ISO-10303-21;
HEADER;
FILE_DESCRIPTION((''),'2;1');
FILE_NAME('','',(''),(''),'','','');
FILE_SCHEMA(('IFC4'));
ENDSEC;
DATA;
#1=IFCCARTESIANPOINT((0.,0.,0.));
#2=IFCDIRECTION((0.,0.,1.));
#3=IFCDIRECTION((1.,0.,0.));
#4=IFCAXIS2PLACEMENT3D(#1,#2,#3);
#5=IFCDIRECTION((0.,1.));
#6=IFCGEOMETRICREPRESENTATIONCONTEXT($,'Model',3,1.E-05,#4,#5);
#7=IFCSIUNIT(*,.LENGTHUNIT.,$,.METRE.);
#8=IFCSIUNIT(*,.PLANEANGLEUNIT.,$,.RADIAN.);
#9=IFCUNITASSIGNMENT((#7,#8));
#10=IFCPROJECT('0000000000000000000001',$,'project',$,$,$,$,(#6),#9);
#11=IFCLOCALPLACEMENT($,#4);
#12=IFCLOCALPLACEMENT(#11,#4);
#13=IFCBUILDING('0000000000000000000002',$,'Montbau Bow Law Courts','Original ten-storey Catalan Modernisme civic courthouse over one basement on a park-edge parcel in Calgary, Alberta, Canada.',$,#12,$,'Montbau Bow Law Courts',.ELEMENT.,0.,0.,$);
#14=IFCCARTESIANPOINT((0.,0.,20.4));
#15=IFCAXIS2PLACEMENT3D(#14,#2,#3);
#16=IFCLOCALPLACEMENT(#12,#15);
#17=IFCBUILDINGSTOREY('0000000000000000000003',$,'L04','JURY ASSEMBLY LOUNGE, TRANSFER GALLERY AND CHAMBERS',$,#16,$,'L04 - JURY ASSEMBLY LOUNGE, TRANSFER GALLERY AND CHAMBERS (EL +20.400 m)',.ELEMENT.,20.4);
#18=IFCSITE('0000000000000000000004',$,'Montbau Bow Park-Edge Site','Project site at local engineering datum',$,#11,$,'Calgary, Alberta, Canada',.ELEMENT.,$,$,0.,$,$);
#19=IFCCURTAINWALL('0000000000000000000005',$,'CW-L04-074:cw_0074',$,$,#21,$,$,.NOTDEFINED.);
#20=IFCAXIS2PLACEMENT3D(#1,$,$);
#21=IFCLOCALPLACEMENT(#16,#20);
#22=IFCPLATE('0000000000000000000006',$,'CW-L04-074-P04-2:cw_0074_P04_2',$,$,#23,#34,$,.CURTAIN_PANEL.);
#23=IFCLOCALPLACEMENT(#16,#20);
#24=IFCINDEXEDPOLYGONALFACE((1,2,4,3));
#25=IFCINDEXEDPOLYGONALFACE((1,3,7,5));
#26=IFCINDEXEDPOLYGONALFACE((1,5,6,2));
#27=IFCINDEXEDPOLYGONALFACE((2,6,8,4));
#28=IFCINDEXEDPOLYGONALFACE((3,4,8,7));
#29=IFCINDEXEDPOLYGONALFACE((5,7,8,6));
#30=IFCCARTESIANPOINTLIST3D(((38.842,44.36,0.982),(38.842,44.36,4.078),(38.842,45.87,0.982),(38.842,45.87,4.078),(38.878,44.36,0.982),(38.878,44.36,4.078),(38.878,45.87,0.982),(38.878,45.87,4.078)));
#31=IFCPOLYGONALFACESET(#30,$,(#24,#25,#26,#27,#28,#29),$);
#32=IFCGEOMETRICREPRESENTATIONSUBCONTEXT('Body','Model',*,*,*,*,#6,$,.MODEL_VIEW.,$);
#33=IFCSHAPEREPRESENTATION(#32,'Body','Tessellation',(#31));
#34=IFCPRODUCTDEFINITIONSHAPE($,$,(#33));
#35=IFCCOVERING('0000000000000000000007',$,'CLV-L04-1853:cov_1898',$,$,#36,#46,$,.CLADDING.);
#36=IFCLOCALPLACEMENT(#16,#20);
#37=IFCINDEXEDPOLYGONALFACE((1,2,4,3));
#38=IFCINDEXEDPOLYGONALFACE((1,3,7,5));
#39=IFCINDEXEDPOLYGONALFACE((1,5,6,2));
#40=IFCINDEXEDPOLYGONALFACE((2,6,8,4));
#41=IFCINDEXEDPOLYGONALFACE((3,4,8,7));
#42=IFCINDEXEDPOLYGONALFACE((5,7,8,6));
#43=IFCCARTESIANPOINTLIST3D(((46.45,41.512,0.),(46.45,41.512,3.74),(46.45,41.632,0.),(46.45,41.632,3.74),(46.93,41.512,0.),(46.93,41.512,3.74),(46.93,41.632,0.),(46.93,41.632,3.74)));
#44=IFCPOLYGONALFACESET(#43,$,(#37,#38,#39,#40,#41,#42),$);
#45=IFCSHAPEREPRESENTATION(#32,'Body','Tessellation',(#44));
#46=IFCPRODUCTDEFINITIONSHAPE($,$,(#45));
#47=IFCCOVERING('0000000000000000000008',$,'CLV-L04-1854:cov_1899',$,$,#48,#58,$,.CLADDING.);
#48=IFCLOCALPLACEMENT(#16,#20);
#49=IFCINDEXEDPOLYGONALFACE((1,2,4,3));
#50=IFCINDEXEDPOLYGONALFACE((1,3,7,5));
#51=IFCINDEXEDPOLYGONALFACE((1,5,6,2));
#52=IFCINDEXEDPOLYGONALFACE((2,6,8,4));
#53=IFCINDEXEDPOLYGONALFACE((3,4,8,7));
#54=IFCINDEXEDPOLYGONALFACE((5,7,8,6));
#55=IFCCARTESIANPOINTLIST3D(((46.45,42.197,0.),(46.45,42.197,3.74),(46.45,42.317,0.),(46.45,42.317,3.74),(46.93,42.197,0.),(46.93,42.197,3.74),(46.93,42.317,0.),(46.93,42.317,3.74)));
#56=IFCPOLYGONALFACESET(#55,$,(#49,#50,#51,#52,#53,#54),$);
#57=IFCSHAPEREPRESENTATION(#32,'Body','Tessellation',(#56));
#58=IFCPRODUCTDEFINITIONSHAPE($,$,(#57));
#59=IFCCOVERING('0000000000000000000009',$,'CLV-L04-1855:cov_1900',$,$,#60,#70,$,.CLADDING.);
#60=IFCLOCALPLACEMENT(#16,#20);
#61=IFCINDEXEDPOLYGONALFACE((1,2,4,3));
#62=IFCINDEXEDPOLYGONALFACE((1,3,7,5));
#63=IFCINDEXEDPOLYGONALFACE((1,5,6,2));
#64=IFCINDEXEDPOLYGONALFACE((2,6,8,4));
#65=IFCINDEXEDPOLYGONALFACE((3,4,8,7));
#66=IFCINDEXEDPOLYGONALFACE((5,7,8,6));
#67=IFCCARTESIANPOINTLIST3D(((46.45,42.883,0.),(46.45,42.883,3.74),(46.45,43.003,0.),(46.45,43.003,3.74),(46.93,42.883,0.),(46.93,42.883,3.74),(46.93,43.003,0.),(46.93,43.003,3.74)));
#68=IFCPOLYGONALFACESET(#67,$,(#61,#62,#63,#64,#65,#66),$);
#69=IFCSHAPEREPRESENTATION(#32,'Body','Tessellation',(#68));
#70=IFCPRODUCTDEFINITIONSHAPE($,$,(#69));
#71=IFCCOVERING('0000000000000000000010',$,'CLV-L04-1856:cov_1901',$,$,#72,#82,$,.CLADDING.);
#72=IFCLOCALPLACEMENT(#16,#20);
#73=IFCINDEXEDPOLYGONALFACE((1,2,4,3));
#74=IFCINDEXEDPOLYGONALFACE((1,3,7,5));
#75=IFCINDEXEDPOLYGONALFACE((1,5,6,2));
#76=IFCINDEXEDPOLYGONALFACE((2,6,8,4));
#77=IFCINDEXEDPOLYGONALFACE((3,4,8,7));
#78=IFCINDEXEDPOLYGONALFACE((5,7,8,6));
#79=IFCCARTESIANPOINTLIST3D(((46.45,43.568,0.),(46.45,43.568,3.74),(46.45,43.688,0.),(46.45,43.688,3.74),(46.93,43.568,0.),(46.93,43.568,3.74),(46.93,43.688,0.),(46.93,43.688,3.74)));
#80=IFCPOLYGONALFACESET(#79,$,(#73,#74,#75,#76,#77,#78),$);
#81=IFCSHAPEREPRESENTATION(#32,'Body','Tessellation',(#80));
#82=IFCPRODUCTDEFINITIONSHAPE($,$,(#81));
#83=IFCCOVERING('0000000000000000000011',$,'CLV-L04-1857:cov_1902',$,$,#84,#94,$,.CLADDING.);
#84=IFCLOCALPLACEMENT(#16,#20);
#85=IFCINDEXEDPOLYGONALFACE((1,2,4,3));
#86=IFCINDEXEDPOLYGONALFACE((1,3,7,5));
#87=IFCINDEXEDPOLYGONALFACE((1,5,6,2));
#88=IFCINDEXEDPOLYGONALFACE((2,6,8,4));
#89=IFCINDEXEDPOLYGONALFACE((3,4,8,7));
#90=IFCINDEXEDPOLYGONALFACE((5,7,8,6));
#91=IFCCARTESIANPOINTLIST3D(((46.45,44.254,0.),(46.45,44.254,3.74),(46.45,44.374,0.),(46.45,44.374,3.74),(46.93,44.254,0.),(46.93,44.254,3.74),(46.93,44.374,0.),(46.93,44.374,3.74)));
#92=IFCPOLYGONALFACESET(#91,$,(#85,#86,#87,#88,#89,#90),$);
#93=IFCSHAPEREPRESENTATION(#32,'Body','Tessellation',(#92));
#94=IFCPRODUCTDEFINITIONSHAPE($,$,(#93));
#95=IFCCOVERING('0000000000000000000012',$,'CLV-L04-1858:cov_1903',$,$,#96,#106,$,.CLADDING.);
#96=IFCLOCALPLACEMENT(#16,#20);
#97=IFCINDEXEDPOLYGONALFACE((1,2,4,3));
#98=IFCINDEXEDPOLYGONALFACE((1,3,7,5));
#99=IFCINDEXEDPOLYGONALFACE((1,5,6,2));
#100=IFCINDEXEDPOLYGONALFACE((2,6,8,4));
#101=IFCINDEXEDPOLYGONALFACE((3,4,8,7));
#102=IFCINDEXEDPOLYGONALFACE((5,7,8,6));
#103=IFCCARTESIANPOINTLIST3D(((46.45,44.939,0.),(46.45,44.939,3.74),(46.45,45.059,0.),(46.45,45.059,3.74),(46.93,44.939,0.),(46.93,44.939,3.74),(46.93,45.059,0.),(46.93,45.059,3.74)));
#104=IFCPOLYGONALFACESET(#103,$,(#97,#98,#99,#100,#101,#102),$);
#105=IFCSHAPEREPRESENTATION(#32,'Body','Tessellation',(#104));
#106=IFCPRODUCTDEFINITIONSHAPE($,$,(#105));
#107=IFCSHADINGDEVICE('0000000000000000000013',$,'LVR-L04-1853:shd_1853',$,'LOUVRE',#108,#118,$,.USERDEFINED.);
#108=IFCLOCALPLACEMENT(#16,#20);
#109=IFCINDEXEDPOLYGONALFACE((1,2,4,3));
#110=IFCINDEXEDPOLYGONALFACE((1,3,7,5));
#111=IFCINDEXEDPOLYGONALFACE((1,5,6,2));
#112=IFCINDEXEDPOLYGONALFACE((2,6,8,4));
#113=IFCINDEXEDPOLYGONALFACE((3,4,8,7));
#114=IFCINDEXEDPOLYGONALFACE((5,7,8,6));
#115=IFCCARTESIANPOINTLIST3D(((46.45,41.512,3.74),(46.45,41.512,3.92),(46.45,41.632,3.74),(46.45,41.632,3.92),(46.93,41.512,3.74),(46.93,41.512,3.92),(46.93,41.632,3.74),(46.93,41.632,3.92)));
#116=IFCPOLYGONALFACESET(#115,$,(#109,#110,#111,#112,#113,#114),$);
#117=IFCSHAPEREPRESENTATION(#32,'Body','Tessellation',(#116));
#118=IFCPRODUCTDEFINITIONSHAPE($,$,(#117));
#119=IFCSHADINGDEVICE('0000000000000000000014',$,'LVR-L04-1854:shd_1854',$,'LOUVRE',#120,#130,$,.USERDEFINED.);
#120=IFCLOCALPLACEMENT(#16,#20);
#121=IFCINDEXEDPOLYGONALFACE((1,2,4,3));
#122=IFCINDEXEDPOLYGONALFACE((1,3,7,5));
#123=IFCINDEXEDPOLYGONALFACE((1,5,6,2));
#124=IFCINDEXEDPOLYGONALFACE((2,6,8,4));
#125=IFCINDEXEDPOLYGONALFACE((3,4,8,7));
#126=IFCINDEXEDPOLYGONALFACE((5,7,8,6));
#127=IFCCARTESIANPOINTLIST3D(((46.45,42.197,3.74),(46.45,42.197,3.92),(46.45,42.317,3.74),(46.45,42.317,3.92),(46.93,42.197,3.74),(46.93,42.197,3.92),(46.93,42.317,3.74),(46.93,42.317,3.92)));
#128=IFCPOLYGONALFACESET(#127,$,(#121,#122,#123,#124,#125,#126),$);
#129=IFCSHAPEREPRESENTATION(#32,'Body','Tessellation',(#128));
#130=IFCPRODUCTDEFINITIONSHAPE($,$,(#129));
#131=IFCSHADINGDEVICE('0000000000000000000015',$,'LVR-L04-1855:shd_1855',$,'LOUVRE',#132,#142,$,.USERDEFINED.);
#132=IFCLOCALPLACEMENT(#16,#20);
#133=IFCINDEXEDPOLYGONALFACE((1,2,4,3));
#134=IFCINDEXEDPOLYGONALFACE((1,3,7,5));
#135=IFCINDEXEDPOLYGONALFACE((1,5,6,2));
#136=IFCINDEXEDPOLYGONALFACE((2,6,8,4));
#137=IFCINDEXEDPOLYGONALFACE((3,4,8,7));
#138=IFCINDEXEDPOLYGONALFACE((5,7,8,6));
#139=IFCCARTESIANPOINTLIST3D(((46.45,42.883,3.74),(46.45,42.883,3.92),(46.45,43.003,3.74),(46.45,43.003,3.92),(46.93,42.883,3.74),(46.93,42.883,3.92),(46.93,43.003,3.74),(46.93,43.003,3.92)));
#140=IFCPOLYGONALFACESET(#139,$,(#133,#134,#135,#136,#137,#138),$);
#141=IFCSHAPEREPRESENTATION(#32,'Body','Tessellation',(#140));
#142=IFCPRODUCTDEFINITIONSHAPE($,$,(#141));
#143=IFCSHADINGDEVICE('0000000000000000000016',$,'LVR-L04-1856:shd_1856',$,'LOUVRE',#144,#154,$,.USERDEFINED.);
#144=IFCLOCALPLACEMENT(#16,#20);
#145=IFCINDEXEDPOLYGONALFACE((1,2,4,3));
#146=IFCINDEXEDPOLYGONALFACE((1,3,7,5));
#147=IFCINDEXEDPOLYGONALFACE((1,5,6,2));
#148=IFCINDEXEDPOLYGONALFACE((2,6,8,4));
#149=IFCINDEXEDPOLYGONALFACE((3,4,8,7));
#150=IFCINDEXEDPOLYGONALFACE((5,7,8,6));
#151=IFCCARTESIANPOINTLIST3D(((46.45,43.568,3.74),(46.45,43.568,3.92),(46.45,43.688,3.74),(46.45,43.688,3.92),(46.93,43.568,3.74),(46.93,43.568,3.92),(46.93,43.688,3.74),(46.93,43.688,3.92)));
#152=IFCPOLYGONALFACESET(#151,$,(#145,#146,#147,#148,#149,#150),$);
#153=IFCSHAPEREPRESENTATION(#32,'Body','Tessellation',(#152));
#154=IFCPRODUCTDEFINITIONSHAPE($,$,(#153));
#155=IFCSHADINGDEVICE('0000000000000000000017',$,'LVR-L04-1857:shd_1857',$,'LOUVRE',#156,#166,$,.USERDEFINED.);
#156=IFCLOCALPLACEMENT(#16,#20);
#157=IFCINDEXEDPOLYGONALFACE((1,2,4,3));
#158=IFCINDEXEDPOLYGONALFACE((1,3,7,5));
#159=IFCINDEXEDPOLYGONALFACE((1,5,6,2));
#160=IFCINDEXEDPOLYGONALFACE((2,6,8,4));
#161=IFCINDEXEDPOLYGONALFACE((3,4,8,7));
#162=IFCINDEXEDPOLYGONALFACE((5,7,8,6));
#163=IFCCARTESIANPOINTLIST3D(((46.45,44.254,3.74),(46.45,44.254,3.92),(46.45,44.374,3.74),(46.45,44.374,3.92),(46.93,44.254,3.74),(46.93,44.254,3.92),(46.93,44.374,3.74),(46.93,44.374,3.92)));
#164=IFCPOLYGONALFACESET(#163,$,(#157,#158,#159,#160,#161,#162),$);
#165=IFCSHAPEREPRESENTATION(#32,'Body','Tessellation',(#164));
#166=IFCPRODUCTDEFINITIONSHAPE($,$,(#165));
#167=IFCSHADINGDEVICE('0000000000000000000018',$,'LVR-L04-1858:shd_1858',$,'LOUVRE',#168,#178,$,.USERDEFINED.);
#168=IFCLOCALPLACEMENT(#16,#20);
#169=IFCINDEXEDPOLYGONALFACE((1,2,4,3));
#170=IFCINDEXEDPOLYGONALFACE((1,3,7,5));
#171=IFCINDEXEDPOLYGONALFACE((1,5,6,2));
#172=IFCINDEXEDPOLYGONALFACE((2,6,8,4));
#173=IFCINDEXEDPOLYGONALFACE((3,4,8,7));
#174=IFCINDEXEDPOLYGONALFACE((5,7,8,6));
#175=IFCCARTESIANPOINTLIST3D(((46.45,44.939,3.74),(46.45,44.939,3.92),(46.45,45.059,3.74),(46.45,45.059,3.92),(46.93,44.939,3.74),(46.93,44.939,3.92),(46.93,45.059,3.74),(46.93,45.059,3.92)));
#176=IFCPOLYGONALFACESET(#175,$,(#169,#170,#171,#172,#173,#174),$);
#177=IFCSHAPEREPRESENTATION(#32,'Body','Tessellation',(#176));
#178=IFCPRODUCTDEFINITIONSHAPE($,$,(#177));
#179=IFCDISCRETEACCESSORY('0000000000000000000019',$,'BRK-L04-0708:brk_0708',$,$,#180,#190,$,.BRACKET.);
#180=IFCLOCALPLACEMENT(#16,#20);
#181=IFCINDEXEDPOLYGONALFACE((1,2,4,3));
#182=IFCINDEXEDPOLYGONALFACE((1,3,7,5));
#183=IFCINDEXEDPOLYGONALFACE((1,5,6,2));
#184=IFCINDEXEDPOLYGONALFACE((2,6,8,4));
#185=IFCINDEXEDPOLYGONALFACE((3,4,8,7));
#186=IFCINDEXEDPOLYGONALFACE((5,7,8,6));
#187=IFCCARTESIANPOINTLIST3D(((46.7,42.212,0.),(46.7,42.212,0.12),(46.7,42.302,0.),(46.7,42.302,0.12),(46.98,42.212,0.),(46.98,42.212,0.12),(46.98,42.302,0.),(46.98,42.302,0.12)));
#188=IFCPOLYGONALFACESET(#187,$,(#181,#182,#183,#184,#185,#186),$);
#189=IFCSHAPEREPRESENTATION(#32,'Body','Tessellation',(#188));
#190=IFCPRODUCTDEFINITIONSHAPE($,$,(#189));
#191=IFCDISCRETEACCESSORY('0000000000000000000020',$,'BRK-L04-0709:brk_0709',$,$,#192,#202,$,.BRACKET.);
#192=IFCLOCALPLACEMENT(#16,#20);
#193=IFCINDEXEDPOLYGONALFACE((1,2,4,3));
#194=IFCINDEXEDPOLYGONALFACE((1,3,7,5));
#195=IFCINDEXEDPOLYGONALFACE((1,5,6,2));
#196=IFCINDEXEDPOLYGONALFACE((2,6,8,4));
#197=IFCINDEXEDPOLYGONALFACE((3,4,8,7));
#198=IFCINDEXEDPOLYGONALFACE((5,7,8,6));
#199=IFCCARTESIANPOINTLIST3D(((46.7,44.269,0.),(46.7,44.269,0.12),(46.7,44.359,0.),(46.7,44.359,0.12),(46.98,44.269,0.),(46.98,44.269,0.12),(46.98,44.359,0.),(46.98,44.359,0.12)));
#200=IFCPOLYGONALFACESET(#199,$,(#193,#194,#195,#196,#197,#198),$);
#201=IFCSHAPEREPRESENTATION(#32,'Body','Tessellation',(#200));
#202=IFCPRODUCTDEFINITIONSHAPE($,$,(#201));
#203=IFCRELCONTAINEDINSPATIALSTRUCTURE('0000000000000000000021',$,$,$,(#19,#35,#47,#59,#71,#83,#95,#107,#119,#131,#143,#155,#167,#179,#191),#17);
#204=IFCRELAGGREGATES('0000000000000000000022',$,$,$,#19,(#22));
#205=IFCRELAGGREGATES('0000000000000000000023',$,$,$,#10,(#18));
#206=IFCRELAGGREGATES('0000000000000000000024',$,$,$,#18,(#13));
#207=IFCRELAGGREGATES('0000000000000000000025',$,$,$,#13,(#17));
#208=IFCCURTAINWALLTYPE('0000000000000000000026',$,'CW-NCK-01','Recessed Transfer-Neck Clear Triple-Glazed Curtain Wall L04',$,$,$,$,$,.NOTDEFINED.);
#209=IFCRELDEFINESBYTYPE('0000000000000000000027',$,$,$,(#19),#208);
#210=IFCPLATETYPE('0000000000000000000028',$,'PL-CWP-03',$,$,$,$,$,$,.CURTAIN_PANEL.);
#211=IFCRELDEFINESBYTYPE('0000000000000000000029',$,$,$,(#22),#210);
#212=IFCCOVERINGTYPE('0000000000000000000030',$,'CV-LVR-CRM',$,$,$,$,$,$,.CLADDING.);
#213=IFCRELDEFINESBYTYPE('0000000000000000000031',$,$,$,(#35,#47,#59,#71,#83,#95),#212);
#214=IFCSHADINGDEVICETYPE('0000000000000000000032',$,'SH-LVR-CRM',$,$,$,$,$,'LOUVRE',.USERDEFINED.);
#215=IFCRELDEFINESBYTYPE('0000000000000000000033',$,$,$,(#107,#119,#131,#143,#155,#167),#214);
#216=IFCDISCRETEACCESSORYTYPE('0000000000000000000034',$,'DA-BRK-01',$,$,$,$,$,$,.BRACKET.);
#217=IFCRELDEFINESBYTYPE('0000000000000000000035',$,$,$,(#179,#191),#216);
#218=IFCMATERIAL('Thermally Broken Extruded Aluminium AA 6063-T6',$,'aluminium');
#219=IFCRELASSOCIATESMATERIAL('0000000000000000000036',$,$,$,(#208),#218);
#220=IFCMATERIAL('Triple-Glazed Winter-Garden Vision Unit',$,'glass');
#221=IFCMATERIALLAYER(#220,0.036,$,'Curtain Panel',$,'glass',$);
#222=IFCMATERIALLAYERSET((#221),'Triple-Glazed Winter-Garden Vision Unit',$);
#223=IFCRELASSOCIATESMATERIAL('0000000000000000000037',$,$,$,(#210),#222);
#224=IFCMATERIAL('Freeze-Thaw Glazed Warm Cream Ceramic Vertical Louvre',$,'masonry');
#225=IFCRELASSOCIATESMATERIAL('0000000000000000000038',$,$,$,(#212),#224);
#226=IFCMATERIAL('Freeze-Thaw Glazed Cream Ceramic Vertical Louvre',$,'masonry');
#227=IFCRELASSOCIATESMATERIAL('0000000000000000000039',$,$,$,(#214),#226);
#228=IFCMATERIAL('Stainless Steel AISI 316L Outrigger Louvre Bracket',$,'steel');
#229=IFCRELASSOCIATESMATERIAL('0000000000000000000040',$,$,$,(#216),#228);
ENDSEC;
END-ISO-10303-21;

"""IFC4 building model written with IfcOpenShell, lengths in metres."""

from ifc_helpers import new_model, si_unit, direction, frame, frame_2d, origin_with_axes, origin_2d_with_axis, place, context, subcontext, project, spatial, rectangle, extrude, material, layer, layer_set, type_object, element, aggregate, save


model = new_model("IFC4")

# Units and contexts
model_context = context("Model", 3, precision=1e-05, world=origin_with_axes(), true_north=direction((0.0, 1.0)))
body_context = subcontext(model_context, "Body", "Model", "MODEL_VIEW")
ifc_project = project(units=[si_unit("LENGTHUNIT", "METRE"), si_unit("PLANEANGLEUNIT", "RADIAN")], contexts=[model_context])

# Site, building, storey
site_placement = place(None, origin_with_axes())
site = spatial("IfcSite", under=ifc_project, at=site_placement, Name="Montbau Bow Park-Edge Site", Description="Project site at local engineering datum", LongName="Calgary, Alberta, Canada", CompositionType="ELEMENT", RefElevation=0.0)
building_placement = place(site_placement, origin_with_axes())
building = spatial("IfcBuilding", under=site, at=building_placement, Name="Montbau Bow Law Courts", Description="Original ten-storey Catalan Modernisme civic courthouse over one basement on a park-edge parcel in Calgary, Alberta, Canada.", LongName="Montbau Bow Law Courts", CompositionType="ELEMENT", ElevationOfRefHeight=0.0, ElevationOfTerrain=0.0)
storey_placement = place(building_placement, frame((0.0, 0.0, 20.4), z_axis=(0.0, 0.0, 1.0), x_axis=(1.0, 0.0, 0.0)))
storey = spatial("IfcBuildingStorey", under=building, at=storey_placement, Name="L04", Description="JURY ASSEMBLY LOUNGE, TRANSFER GALLERY AND CHAMBERS", LongName="L04 - JURY ASSEMBLY LOUNGE, TRANSFER GALLERY AND CHAMBERS (EL +20.400 m)", CompositionType="ELEMENT", Elevation=20.4)

# Curtain wall, plate
ifc_material_1 = material(Name="Thermally Broken Extruded Aluminium AA 6063-T6", Category="aluminium")
curtain_wall_type = type_object("IfcCurtainWallType", Name="CW-NCK-01", Description="Recessed Transfer-Neck Clear Triple-Glazed Curtain Wall L04", PredefinedType="NOTDEFINED", material=ifc_material_1)
curtain_wall_placement = place(None, frame((38.86, 39.515, 20.4), z_axis=(0.0, 0.0, 1.0), x_axis=(1.0, 0.0, 0.0)))
curtain_wall = element("IfcCurtainWall", 1, at=curtain_wall_placement, inside=storey, type_object=curtain_wall_type, Name="CW-L04-074:cw_0074", PredefinedType="NOTDEFINED")
ifc_material_2 = material(Name="Triple-Glazed Winter-Garden Vision Unit", Category="glass")
ifc_layer_1 = layer(ifc_material_2, 0.036, Name="Curtain Panel", Category="glass")
ifc_layer_set_1 = layer_set([ifc_layer_1], Name="Triple-Glazed Winter-Garden Vision Unit")
plate_type_1 = type_object("IfcPlateType", Name="PL-CWP-03", PredefinedType="CURTAIN_PANEL", material=ifc_layer_set_1)
plate_1_placement = place(None, frame((38.86, 44.36, 21.382), z_axis=(1.0, 0.0, 0.0), x_axis=(0.0, 1.0, 0.0)))
plate_1 = element("IfcPlate", 2, at=plate_1_placement, type_object=plate_type_1, Name="CW-L04-074-P04-2:cw_0074_P04_2", PredefinedType="CURTAIN_PANEL", context=body_context, shape_type="SweptSolid", body=[
    extrude(rectangle(XDim=1.51, YDim=3.096, at=frame_2d((0.755, 1.548), x_axis=(1.0, 0.0))), frame((0.0, 0.0, -0.018), z_axis=(0.0, 0.0, 1.0), x_axis=(1.0, 0.0, 0.0)), (0.0, 0.0, 1.0), 0.036),
])
aggregate(curtain_wall, [plate_1])

# Coverings
ifc_material_3 = material(Name="Freeze-Thaw Glazed Warm Cream Ceramic Vertical Louvre", Category="masonry")
covering_type = type_object("IfcCoveringType", Name="CV-LVR-CRM", PredefinedType="CLADDING", material=ifc_material_3)
for number, where, z_axis, x_axis, name in (
    (3, (46.93, 41.572, 20.4), (0.0, 1.0, 0.0), (-1.0, 0.0, 0.0), "CLV-L04-1853:cov_1898"),
    (4, (46.93, 42.257, 20.4), (0.0, 1.0, 0.0), (-1.0, 0.0, 0.0), "CLV-L04-1854:cov_1899"),
    (5, (46.93, 42.943, 20.4), (0.0, 1.0, 0.0), (-1.0, 0.0, 0.0), "CLV-L04-1855:cov_1900"),
    (6, (46.93, 43.628, 20.4), (0.0, 1.0, 0.0), (-1.0, 0.0, 0.0), "CLV-L04-1856:cov_1901"),
    (7, (46.93, 44.314, 20.4), (0.0, 1.0, 0.0), (-1.0, 0.0, 0.0), "CLV-L04-1857:cov_1902"),
    (8, (46.93, 44.999, 20.4), (0.0, 1.0, 0.0), (-1.0, 0.0, 0.0), "CLV-L04-1858:cov_1903"),
):
    element("IfcCovering", number, at=place(None, frame(where, z_axis=z_axis, x_axis=x_axis)), inside=storey, type_object=covering_type, Name=name, PredefinedType="CLADDING", context=body_context, shape_type="SweptSolid", body=[
        extrude(rectangle(XDim=0.48, YDim=3.74, at=frame_2d((0.24, 1.87), x_axis=(1.0, 0.0))), frame((0.0, 0.0, -0.06), z_axis=(0.0, 0.0, 1.0), x_axis=(1.0, 0.0, 0.0)), (0.0, 0.0, 1.0), 0.12),
    ])

# Shading devices
ifc_material_4 = material(Name="Freeze-Thaw Glazed Cream Ceramic Vertical Louvre", Category="masonry")
shading_device_type = type_object("IfcShadingDeviceType", Name="SH-LVR-CRM", ElementType="LOUVRE", PredefinedType="USERDEFINED", material=ifc_material_4)
for number, where, z_axis, x_axis, name in (
    (9, (46.69, 41.572, 24.14), (0.0, 0.0, 1.0), (-1.0, 0.0, 0.0), "LVR-L04-1853:shd_1853"),
    (10, (46.69, 42.257, 24.14), (0.0, 0.0, 1.0), (-1.0, 0.0, 0.0), "LVR-L04-1854:shd_1854"),
    (11, (46.69, 42.943, 24.14), (0.0, 0.0, 1.0), (-1.0, 0.0, 0.0), "LVR-L04-1855:shd_1855"),
    (12, (46.69, 43.628, 24.14), (0.0, 0.0, 1.0), (-1.0, 0.0, 0.0), "LVR-L04-1856:shd_1856"),
    (13, (46.69, 44.314, 24.14), (0.0, 0.0, 1.0), (-1.0, 0.0, 0.0), "LVR-L04-1857:shd_1857"),
    (14, (46.69, 44.999, 24.14), (0.0, 0.0, 1.0), (-1.0, 0.0, 0.0), "LVR-L04-1858:shd_1858"),
):
    element("IfcShadingDevice", number, at=place(None, frame(where, z_axis=z_axis, x_axis=x_axis)), inside=storey, type_object=shading_device_type, Name=name, ObjectType="LOUVRE", PredefinedType="USERDEFINED", context=body_context, shape_type="SweptSolid", body=[
        extrude(rectangle(XDim=0.48, YDim=0.12, at=origin_2d_with_axis()), origin_with_axes(), (0.0, 0.0, 1.0), 0.18),
    ])

# Discrete accessories
ifc_material_5 = material(Name="Stainless Steel AISI 316L Outrigger Louvre Bracket", Category="steel")
discrete_accessory_type = type_object("IfcDiscreteAccessoryType", Name="DA-BRK-01", PredefinedType="BRACKET", material=ifc_material_5)
for number, where, z_axis, x_axis, name in (
    (15, (46.84, 42.257, 20.4), (0.0, 0.0, 1.0), (-1.0, 0.0, 0.0), "BRK-L04-0708:brk_0708"),
    (16, (46.84, 44.314, 20.4), (0.0, 0.0, 1.0), (-1.0, 0.0, 0.0), "BRK-L04-0709:brk_0709"),
):
    element("IfcDiscreteAccessory", number, at=place(None, frame(where, z_axis=z_axis, x_axis=x_axis)), inside=storey, type_object=discrete_accessory_type, Name=name, PredefinedType="BRACKET", context=body_context, shape_type="SweptSolid", body=[
        extrude(rectangle(XDim=0.28, YDim=0.09, at=origin_2d_with_axis()), origin_with_axes(), (0.0, 0.0, 1.0), 0.12),
    ])

save(model, "model.ifc")
